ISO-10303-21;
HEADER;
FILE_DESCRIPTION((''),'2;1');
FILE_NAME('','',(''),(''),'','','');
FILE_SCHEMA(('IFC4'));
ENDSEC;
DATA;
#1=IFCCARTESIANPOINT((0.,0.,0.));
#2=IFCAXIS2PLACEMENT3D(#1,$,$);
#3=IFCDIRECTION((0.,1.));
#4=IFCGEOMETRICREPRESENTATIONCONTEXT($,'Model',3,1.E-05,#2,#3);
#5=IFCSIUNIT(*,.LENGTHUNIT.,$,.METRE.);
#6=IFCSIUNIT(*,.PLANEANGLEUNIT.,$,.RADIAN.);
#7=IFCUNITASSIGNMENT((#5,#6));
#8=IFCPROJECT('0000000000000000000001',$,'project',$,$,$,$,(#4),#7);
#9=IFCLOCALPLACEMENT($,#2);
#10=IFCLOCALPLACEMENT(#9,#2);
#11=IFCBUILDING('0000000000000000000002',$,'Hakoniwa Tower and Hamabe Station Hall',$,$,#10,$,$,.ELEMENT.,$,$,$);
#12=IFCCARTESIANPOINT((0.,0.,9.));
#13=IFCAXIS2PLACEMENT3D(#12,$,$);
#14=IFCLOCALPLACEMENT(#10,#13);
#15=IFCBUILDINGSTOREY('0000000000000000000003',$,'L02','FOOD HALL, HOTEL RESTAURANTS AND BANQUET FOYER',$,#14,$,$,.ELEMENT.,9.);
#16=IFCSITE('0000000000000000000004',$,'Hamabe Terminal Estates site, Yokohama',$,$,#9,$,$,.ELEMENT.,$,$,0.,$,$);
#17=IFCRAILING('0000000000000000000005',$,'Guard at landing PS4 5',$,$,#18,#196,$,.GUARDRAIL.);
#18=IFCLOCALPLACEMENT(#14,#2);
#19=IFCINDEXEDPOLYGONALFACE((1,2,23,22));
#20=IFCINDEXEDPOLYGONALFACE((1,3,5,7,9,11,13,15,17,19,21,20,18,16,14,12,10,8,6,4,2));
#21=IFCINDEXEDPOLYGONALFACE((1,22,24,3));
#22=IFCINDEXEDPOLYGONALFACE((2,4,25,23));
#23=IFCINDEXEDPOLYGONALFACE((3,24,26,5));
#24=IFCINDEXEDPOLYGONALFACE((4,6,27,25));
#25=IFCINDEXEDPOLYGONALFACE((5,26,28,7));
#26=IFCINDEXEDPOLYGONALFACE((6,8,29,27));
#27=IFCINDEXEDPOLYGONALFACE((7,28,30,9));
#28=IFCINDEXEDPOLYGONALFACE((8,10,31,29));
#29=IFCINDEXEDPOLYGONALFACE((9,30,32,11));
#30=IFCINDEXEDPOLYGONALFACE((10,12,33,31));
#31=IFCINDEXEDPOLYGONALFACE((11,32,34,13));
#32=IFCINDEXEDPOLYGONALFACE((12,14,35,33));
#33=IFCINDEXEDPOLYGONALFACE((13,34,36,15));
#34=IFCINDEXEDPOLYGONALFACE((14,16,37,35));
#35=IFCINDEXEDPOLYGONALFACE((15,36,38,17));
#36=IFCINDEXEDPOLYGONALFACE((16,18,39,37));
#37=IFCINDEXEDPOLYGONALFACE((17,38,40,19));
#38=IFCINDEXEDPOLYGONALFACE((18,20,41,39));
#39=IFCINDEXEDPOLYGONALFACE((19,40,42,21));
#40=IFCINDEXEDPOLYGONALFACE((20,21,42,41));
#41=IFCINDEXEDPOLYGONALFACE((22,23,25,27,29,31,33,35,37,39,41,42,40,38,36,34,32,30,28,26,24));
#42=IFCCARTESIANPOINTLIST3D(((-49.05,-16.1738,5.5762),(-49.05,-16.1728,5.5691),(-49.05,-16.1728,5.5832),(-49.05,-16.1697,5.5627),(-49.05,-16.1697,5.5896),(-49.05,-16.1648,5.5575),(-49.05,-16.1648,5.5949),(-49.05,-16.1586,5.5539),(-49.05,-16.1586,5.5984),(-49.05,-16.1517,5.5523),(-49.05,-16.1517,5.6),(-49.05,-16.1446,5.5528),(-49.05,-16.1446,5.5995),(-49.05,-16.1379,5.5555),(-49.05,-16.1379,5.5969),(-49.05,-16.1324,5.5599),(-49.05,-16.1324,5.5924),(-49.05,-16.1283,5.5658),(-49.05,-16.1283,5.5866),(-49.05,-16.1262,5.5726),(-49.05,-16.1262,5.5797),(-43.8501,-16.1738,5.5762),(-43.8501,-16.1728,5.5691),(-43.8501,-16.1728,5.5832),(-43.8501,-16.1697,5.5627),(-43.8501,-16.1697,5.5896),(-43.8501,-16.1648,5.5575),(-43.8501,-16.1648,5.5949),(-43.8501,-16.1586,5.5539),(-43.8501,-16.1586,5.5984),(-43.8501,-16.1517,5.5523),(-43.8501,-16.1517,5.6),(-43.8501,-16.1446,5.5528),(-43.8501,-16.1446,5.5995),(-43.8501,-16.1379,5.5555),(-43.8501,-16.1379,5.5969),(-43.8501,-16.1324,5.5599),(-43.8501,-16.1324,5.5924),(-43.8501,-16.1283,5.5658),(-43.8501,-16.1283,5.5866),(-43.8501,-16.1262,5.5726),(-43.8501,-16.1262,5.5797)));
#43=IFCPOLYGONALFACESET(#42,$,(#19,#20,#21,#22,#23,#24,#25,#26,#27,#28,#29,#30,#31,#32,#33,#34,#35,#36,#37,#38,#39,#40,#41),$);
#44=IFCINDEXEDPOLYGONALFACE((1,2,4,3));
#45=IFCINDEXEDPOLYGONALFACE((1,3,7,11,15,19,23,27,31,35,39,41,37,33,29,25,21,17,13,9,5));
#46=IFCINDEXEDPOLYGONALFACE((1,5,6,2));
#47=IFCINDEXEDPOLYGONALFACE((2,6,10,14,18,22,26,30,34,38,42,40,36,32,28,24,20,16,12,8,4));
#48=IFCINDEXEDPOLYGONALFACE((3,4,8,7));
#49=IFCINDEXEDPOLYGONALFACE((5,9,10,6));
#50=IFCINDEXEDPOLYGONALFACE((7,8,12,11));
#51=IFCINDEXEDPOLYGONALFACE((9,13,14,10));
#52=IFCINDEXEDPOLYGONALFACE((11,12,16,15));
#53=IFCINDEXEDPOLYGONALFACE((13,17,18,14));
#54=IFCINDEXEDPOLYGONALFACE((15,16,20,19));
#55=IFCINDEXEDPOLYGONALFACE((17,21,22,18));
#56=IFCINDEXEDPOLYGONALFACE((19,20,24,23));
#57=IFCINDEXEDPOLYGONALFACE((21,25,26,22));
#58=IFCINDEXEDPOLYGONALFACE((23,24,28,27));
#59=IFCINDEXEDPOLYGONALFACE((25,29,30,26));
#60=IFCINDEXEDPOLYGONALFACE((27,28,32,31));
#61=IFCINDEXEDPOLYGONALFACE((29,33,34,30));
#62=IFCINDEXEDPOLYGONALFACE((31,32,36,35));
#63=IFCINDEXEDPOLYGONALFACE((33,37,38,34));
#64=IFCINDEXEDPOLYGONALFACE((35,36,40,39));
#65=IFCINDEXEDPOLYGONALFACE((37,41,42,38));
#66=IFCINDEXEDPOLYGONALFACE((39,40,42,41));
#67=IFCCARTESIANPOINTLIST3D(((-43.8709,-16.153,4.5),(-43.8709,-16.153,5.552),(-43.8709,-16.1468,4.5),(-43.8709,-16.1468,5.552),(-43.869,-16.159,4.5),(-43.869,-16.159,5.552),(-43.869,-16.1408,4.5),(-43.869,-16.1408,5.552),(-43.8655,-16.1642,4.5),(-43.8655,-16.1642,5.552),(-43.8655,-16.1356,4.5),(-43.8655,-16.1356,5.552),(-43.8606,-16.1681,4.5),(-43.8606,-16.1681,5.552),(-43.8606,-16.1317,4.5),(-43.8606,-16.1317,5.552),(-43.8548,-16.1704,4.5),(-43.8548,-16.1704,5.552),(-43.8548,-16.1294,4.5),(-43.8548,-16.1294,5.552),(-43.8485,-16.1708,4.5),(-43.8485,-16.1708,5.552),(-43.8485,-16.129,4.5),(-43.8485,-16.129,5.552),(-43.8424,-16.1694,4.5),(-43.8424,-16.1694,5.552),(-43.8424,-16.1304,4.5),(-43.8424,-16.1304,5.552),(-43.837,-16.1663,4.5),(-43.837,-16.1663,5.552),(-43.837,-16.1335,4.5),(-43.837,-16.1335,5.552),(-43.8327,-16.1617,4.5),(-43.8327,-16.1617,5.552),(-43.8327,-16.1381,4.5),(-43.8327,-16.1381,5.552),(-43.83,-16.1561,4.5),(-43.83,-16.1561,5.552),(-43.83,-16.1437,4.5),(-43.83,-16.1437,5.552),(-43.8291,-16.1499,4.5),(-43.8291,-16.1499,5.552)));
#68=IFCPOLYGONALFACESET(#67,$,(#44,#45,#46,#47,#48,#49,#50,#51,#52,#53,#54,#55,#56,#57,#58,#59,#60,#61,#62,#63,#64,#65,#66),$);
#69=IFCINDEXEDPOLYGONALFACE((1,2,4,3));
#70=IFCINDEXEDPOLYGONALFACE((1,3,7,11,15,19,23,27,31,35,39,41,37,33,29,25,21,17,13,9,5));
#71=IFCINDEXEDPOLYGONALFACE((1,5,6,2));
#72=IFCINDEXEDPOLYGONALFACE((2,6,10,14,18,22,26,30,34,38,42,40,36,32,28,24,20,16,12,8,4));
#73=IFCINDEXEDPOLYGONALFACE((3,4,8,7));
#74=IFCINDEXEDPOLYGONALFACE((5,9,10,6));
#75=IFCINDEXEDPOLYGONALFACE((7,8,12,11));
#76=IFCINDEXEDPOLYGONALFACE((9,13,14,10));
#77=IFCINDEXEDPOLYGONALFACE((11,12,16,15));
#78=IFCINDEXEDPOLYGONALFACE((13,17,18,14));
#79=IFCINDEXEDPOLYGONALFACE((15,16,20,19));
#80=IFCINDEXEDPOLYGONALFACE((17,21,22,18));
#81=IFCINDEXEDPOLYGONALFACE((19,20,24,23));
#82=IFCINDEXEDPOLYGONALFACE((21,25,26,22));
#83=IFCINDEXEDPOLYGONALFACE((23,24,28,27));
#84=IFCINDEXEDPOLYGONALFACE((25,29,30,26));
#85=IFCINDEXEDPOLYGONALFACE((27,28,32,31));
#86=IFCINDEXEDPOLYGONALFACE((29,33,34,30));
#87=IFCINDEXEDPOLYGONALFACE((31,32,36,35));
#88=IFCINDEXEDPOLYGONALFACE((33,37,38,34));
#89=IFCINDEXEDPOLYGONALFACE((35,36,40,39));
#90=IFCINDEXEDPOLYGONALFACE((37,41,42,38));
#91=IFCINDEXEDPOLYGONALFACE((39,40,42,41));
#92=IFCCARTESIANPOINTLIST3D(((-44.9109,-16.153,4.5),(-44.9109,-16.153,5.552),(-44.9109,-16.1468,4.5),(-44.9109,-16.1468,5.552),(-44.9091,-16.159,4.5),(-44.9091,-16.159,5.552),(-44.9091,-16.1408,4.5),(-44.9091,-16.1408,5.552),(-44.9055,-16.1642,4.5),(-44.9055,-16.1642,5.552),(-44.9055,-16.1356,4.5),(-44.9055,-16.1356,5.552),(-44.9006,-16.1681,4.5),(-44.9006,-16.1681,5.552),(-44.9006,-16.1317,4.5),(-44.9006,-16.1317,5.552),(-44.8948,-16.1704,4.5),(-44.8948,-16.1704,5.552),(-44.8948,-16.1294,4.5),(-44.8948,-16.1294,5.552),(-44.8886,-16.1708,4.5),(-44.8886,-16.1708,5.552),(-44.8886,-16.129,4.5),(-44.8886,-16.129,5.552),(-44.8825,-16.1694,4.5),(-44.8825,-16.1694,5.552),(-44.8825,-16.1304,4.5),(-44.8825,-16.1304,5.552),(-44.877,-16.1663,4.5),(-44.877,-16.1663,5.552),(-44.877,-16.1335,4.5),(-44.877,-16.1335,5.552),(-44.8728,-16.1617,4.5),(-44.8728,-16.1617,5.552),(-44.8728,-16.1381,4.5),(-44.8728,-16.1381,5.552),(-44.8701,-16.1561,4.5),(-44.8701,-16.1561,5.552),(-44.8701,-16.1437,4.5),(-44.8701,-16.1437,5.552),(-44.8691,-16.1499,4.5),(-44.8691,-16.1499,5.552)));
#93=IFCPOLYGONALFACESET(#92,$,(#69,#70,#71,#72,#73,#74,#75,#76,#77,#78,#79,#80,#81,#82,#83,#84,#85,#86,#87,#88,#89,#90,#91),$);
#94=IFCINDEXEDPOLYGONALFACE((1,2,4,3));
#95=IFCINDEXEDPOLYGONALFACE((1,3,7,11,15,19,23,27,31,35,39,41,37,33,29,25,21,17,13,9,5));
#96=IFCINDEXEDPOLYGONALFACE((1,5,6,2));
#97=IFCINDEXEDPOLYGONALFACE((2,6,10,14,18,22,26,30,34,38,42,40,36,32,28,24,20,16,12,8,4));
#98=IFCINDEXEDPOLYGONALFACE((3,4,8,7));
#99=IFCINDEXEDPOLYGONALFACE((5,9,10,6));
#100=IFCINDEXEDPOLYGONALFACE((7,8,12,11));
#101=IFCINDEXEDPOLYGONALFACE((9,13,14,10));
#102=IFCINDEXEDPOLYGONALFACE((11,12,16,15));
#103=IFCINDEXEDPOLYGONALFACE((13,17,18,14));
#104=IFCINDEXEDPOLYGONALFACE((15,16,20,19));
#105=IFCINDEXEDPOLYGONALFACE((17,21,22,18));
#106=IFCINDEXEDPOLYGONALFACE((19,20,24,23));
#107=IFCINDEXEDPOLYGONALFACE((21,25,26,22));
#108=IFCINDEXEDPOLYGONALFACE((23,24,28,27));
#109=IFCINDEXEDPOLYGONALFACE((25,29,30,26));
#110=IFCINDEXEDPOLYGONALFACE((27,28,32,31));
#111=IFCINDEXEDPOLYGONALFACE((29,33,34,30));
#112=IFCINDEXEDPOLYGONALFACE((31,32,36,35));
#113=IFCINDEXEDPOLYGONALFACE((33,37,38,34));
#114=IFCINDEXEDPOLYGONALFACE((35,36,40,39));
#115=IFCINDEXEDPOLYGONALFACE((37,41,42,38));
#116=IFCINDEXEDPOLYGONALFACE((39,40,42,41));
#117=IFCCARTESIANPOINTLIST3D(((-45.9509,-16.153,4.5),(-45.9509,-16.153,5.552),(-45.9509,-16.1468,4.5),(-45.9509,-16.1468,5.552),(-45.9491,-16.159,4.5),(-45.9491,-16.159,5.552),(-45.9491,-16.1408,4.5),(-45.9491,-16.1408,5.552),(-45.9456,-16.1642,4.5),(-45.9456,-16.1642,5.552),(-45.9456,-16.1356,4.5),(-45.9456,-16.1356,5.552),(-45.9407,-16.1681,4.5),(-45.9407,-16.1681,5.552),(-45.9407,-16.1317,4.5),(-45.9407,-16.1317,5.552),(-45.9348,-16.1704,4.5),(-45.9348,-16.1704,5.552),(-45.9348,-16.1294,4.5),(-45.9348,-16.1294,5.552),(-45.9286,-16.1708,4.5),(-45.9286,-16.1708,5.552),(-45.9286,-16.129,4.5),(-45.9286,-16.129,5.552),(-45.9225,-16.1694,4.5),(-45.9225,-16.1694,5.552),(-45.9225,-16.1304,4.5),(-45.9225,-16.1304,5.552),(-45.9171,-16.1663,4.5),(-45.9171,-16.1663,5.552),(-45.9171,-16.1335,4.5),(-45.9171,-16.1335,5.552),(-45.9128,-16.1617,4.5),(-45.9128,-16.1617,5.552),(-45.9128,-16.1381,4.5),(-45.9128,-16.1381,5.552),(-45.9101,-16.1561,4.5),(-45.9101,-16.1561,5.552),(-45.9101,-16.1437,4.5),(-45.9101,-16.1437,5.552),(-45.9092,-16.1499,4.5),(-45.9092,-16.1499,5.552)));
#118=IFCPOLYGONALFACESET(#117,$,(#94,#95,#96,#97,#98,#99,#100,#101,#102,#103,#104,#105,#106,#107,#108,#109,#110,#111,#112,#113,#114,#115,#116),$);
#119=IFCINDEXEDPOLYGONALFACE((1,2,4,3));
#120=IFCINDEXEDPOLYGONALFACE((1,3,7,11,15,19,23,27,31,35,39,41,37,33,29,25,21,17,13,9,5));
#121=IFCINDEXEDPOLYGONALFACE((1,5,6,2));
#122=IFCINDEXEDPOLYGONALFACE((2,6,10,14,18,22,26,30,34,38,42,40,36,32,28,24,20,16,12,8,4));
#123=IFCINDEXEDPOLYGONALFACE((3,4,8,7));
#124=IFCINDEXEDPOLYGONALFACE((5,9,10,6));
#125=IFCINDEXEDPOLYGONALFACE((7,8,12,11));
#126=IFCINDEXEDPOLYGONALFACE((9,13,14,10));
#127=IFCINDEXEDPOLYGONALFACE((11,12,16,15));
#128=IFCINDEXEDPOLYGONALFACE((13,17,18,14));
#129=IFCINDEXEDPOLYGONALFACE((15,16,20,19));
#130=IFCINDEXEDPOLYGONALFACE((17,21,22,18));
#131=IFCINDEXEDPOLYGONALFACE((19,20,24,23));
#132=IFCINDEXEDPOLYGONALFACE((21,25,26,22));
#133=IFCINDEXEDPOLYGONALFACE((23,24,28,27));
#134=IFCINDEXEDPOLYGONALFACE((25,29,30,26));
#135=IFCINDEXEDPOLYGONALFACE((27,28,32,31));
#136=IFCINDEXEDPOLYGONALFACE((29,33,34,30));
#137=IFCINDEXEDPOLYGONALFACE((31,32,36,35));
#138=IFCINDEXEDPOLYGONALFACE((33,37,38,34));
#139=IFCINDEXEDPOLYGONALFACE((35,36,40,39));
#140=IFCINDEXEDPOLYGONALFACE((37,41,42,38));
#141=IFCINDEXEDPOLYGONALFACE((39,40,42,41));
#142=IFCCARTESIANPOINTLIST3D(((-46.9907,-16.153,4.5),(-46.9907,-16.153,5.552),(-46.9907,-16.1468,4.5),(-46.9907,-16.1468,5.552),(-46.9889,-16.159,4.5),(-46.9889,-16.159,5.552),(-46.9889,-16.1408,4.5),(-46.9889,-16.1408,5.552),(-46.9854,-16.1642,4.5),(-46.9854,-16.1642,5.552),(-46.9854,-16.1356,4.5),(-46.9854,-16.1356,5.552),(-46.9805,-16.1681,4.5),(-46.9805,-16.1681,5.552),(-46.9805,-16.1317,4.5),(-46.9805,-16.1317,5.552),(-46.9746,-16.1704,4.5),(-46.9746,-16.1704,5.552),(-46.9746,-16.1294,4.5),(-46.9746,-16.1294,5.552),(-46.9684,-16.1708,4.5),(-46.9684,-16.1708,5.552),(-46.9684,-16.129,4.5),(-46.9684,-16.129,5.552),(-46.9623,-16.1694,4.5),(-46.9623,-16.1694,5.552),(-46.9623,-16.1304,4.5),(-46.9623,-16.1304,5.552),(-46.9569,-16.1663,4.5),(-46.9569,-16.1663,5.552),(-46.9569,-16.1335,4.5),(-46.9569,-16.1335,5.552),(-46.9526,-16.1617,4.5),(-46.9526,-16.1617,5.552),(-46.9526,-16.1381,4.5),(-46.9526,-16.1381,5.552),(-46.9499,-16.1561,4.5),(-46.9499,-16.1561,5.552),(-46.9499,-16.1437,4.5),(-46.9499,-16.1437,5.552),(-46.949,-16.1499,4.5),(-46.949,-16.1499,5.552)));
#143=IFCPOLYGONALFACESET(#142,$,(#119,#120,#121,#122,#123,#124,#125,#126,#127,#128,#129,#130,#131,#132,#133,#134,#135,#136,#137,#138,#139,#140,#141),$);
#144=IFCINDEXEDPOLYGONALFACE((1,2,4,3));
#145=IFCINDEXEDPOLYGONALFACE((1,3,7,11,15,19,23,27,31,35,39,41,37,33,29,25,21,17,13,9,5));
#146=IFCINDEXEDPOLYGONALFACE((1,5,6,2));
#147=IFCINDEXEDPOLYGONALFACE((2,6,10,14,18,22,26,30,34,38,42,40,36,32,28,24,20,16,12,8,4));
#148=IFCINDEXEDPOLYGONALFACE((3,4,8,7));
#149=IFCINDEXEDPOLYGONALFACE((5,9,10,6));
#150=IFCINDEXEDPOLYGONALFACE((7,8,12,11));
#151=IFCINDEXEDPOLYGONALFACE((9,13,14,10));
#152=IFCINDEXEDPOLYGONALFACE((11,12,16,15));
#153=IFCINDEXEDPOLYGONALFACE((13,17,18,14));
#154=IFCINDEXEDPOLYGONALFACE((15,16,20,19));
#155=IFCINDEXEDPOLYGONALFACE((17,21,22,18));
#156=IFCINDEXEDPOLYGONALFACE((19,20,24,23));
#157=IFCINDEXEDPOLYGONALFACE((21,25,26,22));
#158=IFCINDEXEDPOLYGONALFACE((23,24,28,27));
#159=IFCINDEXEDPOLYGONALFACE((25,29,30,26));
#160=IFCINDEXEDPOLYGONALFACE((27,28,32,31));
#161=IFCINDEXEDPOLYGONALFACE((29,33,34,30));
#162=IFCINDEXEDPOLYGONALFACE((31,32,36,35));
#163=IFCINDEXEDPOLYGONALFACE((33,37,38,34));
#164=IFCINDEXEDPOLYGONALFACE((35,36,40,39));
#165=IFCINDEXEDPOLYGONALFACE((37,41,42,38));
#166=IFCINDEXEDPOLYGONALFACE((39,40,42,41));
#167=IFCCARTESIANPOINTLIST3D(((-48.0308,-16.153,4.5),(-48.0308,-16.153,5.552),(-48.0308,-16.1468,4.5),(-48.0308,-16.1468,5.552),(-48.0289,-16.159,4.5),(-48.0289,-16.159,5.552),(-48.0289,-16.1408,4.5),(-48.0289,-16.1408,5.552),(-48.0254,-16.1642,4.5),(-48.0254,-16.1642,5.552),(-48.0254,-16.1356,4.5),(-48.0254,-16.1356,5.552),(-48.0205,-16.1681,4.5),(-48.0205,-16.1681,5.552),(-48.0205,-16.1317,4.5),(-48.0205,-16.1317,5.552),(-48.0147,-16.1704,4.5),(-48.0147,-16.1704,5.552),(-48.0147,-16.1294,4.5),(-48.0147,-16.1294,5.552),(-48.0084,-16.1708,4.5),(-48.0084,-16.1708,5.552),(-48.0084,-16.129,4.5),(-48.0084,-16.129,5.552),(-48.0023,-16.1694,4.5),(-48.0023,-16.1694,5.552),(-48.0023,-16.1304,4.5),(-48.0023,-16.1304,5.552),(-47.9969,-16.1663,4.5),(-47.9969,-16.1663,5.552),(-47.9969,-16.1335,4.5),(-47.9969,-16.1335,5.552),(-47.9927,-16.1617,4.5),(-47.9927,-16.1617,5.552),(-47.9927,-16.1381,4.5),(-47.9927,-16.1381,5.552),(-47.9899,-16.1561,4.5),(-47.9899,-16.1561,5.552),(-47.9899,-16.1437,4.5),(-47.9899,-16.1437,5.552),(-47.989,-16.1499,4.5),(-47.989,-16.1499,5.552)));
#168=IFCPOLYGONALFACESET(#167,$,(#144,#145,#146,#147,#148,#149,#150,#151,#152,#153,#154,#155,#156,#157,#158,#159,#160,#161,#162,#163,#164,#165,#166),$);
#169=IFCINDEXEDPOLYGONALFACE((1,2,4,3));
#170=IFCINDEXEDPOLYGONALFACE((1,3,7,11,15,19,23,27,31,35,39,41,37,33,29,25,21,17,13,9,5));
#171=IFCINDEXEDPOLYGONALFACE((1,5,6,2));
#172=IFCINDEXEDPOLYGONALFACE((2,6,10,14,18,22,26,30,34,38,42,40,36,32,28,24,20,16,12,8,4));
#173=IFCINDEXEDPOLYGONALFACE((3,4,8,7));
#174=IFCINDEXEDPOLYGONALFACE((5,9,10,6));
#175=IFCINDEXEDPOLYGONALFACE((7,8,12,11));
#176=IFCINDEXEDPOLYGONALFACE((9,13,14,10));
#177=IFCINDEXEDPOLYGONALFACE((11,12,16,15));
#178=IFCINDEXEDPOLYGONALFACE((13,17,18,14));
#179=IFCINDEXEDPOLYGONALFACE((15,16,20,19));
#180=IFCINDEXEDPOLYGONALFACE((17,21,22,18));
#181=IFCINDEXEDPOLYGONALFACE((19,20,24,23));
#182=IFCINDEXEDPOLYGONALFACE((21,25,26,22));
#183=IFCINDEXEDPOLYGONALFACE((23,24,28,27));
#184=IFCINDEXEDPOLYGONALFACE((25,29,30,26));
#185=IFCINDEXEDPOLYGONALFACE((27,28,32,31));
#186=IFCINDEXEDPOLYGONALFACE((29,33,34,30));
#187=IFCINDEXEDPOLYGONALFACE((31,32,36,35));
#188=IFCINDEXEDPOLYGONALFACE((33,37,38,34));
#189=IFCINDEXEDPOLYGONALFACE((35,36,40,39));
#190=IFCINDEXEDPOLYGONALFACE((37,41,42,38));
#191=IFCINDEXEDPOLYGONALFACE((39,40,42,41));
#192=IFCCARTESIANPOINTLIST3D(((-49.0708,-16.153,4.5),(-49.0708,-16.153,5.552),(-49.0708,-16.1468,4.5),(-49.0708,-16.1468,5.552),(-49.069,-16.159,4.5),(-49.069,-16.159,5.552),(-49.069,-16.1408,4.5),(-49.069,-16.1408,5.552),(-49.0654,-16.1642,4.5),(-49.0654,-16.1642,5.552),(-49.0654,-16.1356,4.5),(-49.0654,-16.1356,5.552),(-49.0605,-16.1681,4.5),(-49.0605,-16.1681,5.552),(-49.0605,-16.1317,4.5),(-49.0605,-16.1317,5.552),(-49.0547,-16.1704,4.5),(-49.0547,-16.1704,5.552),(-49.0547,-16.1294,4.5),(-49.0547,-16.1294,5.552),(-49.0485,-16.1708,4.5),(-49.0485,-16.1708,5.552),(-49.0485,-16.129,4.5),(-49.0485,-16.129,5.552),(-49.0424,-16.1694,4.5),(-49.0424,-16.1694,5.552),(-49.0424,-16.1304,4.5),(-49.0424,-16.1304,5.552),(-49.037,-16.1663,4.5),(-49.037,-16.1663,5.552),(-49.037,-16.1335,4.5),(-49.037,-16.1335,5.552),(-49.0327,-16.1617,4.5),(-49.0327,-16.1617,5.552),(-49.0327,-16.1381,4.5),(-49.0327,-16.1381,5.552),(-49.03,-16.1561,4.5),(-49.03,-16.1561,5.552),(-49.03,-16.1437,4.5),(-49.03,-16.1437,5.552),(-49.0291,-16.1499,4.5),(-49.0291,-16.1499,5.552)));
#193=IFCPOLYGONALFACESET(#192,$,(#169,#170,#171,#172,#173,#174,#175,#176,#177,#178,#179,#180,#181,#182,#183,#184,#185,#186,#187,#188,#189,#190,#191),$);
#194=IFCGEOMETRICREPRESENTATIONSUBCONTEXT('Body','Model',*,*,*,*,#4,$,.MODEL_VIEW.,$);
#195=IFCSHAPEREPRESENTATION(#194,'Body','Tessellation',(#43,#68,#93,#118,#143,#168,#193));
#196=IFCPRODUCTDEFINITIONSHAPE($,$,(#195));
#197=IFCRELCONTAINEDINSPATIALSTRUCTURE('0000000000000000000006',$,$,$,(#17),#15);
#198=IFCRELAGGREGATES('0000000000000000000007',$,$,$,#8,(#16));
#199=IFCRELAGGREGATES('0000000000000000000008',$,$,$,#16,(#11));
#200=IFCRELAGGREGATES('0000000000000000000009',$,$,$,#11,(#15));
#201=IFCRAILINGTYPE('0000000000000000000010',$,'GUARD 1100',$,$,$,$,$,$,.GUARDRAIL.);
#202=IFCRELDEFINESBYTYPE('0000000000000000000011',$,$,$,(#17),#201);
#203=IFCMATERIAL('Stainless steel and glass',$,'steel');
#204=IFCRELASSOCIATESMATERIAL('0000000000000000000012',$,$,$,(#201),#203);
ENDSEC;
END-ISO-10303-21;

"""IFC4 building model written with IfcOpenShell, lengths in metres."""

from ifc_helpers import new_model, si_unit, direction, frame, origin, origin_2d, place, context, subcontext, project, spatial, circle, extrude, material, type_object, element, save


model = new_model("IFC4")

# Units and contexts
model_context = context("Model", 3, precision=1e-05, world=origin(), true_north=direction((0.0, 1.0)))
body_context = subcontext(model_context, "Body", "Model", "MODEL_VIEW")
ifc_project = project(units=[si_unit("LENGTHUNIT", "METRE"), si_unit("PLANEANGLEUNIT", "RADIAN")], contexts=[model_context])

# Site, building, storey
site_placement = place(None, origin())
site = spatial("IfcSite", under=ifc_project, at=site_placement, Name="Hamabe Terminal Estates site, Yokohama", CompositionType="ELEMENT", RefElevation=0.0)
building_placement = place(site_placement, origin())
building = spatial("IfcBuilding", under=site, at=building_placement, Name="Hakoniwa Tower and Hamabe Station Hall", CompositionType="ELEMENT")
storey_placement = place(building_placement, frame((0.0, 0.0, 9.0)))
storey = spatial("IfcBuildingStorey", under=building, at=storey_placement, Name="L02", Description="FOOD HALL, HOTEL RESTAURANTS AND BANQUET FOYER", CompositionType="ELEMENT", Elevation=9.0)

# Railing
ifc_material_1 = material(Name="Stainless steel and glass", Category="steel")
railing_type_1 = type_object("IfcRailingType", Name="GUARD 1100", PredefinedType="GUARDRAIL", material=ifc_material_1)
railing_1_placement = place(storey_placement, frame((-43.8501, -16.1499, 4.5)))
element("IfcRailing", 1, at=railing_1_placement, inside=storey, type_object=railing_type_1, Name="Guard at landing PS4 5", PredefinedType="GUARDRAIL", context=body_context, shape_type="SweptSolid", body=[
    extrude(circle(Radius=0.0239, at=origin_2d()), frame((0.0, 0.0, 1.0762), z_axis=(-1.0, 0.0, 0.0), x_axis=(0.0, -1.0, 0.0)), (0.0, 0.0, 1.0), 5.2),
    extrude(circle(Radius=0.021, at=origin_2d()), origin(), (0.0, 0.0, 1.0), 1.052),
    extrude(circle(Radius=0.021, at=origin_2d()), frame((-1.04, 0.0, 0.0)), (0.0, 0.0, 1.0), 1.052),
    extrude(circle(Radius=0.021, at=origin_2d()), frame((-2.0801, 0.0, 0.0)), (0.0, 0.0, 1.0), 1.052),
    extrude(circle(Radius=0.021, at=origin_2d()), frame((-3.1199, 0.0, 0.0)), (0.0, 0.0, 1.0), 1.052),
    extrude(circle(Radius=0.021, at=origin_2d()), frame((-4.1599, 0.0, 0.0)), (0.0, 0.0, 1.0), 1.052),
    extrude(circle(Radius=0.021, at=origin_2d()), frame((-5.2, 0.0, 0.0)), (0.0, 0.0, 1.0), 1.052),
])

save(model, "model.ifc")
